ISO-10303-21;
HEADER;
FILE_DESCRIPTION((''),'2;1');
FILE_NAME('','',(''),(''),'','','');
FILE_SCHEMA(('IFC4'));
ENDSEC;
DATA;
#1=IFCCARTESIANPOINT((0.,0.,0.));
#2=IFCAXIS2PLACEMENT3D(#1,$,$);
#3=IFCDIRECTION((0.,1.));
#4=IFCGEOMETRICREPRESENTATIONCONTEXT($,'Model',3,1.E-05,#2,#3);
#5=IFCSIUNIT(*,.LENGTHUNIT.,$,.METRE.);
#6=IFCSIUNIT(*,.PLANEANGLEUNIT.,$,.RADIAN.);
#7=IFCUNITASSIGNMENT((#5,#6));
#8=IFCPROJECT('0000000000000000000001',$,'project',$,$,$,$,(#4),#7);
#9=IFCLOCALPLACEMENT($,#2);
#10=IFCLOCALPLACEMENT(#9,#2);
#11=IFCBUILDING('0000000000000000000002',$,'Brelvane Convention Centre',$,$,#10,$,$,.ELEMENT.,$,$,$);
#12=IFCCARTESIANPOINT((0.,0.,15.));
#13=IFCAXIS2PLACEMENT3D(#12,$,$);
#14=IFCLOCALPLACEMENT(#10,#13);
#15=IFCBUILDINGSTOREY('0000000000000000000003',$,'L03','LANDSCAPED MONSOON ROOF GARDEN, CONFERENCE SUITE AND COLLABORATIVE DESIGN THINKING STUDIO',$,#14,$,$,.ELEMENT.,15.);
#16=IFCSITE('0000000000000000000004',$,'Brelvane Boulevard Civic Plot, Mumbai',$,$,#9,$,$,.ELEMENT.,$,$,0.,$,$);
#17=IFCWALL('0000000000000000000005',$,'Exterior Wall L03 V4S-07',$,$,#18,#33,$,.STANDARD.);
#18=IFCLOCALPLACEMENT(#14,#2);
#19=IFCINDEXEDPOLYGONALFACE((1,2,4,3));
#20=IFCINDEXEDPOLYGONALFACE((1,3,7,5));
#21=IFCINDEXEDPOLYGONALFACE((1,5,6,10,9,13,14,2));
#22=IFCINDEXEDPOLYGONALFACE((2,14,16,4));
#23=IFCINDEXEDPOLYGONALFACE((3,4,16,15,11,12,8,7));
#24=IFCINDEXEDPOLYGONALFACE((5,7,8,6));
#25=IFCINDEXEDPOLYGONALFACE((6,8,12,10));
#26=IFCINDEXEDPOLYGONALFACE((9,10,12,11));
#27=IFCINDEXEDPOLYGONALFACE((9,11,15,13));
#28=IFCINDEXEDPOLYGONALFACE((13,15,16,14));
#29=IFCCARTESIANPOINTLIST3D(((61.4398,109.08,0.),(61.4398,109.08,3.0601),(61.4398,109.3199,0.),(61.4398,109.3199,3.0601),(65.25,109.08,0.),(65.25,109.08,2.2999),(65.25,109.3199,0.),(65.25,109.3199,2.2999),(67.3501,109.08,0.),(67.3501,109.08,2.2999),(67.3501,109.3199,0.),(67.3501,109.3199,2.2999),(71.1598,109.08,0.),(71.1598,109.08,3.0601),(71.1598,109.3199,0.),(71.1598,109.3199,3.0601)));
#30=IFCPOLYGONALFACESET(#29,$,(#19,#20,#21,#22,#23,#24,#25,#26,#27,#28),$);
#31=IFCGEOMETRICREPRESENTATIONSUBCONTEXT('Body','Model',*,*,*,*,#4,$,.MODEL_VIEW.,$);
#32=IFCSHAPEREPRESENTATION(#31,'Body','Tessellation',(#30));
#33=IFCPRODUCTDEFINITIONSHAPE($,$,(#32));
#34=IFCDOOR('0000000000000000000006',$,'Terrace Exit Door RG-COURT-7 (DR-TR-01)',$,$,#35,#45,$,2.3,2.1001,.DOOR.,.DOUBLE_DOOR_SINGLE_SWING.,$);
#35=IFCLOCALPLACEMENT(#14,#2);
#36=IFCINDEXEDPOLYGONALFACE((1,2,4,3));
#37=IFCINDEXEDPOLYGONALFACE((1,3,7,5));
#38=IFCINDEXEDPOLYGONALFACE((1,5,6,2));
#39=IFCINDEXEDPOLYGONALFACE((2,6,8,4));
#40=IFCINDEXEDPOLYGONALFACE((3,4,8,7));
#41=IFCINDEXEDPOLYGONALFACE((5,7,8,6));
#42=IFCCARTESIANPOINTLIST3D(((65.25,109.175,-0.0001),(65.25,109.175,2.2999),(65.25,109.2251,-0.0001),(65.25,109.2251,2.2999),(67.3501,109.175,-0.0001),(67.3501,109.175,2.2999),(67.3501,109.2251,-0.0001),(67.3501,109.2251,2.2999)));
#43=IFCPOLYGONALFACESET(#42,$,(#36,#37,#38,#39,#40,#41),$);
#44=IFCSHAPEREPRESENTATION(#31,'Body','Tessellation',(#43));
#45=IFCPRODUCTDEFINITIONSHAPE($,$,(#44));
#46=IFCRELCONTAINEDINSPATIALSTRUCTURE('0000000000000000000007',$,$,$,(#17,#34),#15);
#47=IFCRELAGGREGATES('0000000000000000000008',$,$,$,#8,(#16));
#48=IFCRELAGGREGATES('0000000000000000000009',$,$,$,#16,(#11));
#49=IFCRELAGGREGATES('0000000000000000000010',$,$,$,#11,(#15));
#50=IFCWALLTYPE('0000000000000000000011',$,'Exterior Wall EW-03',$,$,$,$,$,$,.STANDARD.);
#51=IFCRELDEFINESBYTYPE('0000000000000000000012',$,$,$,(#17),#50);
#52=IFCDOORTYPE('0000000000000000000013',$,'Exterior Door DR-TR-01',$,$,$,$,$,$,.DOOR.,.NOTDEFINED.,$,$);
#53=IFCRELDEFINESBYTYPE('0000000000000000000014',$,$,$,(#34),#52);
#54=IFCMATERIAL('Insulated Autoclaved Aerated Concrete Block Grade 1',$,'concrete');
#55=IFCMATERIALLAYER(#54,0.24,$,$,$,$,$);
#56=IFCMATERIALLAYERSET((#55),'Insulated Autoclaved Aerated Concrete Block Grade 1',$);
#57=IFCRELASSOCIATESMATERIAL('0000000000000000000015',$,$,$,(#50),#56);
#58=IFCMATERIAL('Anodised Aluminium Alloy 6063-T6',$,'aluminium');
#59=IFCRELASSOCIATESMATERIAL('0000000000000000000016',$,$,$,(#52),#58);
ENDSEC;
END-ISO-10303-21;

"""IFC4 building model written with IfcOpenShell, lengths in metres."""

from ifc_helpers import new_model, si_unit, direction, frame, frame_2d, origin, place, context, subcontext, project, spatial, rectangle, extrude, material, layer, layer_set, type_object, element, fill, save


model = new_model("IFC4")

# Units and contexts
model_context = context("Model", 3, precision=1e-05, world=origin(), true_north=direction((0.0, 1.0)))
body_context = subcontext(model_context, "Body", "Model", "MODEL_VIEW")
ifc_project = project(units=[si_unit("LENGTHUNIT", "METRE"), si_unit("PLANEANGLEUNIT", "RADIAN")], contexts=[model_context])

# Site, building, storey
site_placement = place(None, origin())
site = spatial("IfcSite", under=ifc_project, at=site_placement, Name="Brelvane Boulevard Civic Plot, Mumbai", CompositionType="ELEMENT", RefElevation=0.0)
building_placement = place(site_placement, origin())
building = spatial("IfcBuilding", under=site, at=building_placement, Name="Brelvane Convention Centre", CompositionType="ELEMENT")
storey_placement = place(building_placement, frame((0.0, 0.0, 15.0)))
storey = spatial("IfcBuildingStorey", under=building, at=storey_placement, Name="L03", Description="LANDSCAPED MONSOON ROOF GARDEN, CONFERENCE SUITE AND COLLABORATIVE DESIGN THINKING STUDIO", CompositionType="ELEMENT", Elevation=15.0)

# Shared definitions
ifc_material_1 = material(Name="Insulated Autoclaved Aerated Concrete Block Grade 1", Category="concrete")
ifc_layer_1 = layer(ifc_material_1, 0.24)
ifc_layer_set_1 = layer_set([ifc_layer_1], Name="Insulated Autoclaved Aerated Concrete Block Grade 1")
wall_type = type_object("IfcWallType", Name="Exterior Wall EW-03", PredefinedType="STANDARD", material=ifc_layer_set_1)

# Wall, opening, door
wall_1_placement = place(storey_placement, frame((61.4399, 109.2, 0.0), z_axis=(0.0, 0.0, 1.0), x_axis=(1.0, 0.0, 0.0)))
wall_1 = element("IfcWall", 1, at=wall_1_placement, inside=storey, type_object=wall_type, Name="Exterior Wall L03 V4S-07", PredefinedType="STANDARD", context=body_context, shape_type="SweptSolid", body=[
    extrude(rectangle(XDim=9.72, YDim=0.24, at=frame_2d((4.8599, 0.0))), origin(), (0.0, 0.0, 1.0), 3.0601),
])
opening_1_placement = place(wall_1_placement, frame((3.8101, 0.0, 0.0)))
opening_1 = element("IfcOpeningElement", 2, at=opening_1_placement, cuts=wall_1, PredefinedType="OPENING", context=body_context, shape_type="SweptSolid", body=[
    extrude(rectangle(XDim=2.1001, YDim=2.3, at=frame_2d((1.05, 1.1499))), frame((0.0, 0.1299, 0.0), z_axis=(0.0, -1.0, 0.0), x_axis=(1.0, 0.0, 0.0)), (0.0, 0.0, 1.0), 0.26),
])
ifc_material_2 = material(Name="Anodised Aluminium Alloy 6063-T6", Category="aluminium")
door_type = type_object("IfcDoorType", Name="Exterior Door DR-TR-01", OperationType="NOTDEFINED", PredefinedType="DOOR", material=ifc_material_2)
door_placement = place(opening_1_placement, frame((2.1001, 0.0, 0.0), z_axis=(0.0, 0.0, 1.0), x_axis=(-1.0, 0.0, 0.0)))
door = element("IfcDoor", 3, at=door_placement, inside=storey, type_object=door_type, Name="Terrace Exit Door RG-COURT-7 (DR-TR-01)", OperationType="DOUBLE_DOOR_SINGLE_SWING", OverallHeight=2.3, OverallWidth=2.1001, PredefinedType="DOOR", context=body_context, shape_type="SweptSolid", body=[
    extrude(rectangle(XDim=2.1001, YDim=2.3, at=frame_2d((1.05, 1.1499))), frame((0.0, 0.0249, 0.0), z_axis=(0.0, -1.0, 0.0), x_axis=(1.0, 0.0, 0.0)), (0.0, 0.0, 1.0), 0.05),
])
fill(opening_1, door)

save(model, "model.ifc")
